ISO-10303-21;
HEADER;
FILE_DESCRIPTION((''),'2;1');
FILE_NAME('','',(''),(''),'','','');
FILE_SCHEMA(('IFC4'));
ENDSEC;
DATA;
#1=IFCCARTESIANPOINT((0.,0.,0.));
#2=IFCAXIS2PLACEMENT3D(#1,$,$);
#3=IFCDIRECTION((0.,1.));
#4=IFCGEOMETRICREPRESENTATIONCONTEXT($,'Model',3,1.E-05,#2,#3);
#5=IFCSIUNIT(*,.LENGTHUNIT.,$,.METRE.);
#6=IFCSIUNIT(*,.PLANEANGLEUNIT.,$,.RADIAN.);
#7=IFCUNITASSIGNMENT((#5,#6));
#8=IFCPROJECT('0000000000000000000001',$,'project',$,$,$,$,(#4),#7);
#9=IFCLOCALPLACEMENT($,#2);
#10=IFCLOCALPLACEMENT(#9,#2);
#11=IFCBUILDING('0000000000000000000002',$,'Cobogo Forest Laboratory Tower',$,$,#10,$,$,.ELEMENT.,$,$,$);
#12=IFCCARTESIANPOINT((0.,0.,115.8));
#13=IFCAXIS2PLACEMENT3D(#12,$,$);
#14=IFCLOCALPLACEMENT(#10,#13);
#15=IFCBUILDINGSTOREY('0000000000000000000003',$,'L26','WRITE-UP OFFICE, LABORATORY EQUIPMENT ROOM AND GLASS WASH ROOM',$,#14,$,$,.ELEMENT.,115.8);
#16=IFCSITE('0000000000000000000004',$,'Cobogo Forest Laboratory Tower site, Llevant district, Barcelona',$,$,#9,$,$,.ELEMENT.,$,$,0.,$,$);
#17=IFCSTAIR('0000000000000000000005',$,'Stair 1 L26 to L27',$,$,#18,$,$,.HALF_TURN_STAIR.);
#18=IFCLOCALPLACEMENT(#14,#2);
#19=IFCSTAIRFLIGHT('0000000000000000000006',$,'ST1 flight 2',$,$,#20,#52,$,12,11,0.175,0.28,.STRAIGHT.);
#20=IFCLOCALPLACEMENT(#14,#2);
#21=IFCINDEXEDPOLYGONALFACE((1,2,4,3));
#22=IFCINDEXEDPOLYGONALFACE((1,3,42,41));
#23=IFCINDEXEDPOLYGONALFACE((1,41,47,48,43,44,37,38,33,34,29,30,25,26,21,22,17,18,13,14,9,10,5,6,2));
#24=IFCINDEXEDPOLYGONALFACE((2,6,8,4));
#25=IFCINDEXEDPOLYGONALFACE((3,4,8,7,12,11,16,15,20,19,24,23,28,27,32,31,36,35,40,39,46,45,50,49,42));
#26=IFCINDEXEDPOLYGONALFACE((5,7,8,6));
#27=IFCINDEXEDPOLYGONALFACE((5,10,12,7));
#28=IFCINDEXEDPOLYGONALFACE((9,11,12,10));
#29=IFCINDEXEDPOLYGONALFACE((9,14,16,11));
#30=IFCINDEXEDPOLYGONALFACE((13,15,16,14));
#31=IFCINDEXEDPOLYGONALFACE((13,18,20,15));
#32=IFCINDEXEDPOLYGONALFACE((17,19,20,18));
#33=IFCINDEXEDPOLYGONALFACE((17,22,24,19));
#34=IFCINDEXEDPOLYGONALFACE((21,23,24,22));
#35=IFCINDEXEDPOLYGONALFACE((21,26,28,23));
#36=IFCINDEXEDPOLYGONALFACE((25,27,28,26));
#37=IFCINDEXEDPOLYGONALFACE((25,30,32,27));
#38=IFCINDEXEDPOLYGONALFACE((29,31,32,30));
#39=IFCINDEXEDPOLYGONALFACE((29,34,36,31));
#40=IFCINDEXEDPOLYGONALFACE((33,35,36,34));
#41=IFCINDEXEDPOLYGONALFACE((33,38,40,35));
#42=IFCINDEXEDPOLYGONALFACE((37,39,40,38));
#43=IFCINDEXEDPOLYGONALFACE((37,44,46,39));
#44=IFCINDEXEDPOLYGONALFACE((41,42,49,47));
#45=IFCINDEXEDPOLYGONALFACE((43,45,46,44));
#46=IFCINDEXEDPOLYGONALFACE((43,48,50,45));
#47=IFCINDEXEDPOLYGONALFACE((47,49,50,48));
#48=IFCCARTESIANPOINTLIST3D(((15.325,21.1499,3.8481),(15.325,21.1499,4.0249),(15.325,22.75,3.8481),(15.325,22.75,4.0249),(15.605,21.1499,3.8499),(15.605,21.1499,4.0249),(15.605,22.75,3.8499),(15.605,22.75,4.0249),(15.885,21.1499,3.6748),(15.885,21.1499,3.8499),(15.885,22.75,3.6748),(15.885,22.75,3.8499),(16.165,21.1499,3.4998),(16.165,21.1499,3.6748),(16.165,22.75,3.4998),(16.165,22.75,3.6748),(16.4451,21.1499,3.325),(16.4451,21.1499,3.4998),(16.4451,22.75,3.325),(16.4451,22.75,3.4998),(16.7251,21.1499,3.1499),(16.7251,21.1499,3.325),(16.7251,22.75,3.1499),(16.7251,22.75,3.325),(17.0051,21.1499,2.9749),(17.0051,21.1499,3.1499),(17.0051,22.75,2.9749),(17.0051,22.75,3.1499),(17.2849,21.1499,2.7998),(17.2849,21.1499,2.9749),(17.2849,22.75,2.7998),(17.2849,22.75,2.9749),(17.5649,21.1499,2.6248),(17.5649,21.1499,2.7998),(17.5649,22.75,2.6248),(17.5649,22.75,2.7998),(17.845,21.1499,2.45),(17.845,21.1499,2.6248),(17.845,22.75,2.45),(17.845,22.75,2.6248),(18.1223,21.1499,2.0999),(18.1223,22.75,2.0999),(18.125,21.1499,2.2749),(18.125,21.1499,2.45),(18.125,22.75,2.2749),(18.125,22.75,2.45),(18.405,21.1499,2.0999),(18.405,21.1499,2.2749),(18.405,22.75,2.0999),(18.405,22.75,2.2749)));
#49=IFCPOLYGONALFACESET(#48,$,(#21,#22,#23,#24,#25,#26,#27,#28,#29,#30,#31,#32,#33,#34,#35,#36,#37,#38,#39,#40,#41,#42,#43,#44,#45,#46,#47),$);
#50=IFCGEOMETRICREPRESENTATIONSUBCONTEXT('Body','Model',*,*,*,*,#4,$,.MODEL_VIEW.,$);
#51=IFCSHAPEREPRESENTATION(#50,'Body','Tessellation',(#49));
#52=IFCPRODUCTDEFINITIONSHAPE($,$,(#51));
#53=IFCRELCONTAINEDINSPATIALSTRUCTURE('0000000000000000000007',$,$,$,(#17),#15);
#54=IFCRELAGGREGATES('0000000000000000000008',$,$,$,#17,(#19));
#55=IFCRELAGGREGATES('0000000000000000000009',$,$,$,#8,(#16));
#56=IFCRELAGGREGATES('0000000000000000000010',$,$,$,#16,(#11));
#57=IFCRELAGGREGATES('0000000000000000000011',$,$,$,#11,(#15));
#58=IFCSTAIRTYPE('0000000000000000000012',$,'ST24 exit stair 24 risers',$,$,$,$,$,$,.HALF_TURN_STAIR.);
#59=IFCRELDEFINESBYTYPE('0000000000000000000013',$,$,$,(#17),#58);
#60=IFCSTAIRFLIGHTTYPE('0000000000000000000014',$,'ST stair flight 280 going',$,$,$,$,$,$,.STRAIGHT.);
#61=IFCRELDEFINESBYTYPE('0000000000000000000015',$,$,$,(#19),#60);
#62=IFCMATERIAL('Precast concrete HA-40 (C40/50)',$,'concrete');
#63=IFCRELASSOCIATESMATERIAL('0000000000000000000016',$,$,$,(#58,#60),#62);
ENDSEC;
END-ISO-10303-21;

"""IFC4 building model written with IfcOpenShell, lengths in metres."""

from ifc_helpers import new_model, si_unit, direction, frame, origin, place, context, subcontext, project, spatial, polyline, outline, extrude, material, type_object, element, aggregate, save


model = new_model("IFC4")

# Units and contexts
model_context = context("Model", 3, precision=1e-05, world=origin(), true_north=direction((0.0, 1.0)))
body_context = subcontext(model_context, "Body", "Model", "MODEL_VIEW")
ifc_project = project(units=[si_unit("LENGTHUNIT", "METRE"), si_unit("PLANEANGLEUNIT", "RADIAN")], contexts=[model_context])

# Site, building, storey
site_placement = place(None, origin())
site = spatial("IfcSite", under=ifc_project, at=site_placement, Name="Cobogo Forest Laboratory Tower site, Llevant district, Barcelona", CompositionType="ELEMENT", RefElevation=0.0)
building_placement = place(site_placement, origin())
building = spatial("IfcBuilding", under=site, at=building_placement, Name="Cobogo Forest Laboratory Tower", CompositionType="ELEMENT")
storey_placement = place(building_placement, frame((0.0, 0.0, 115.8)))
storey = spatial("IfcBuildingStorey", under=building, at=storey_placement, Name="L26", Description="WRITE-UP OFFICE, LABORATORY EQUIPMENT ROOM AND GLASS WASH ROOM", CompositionType="ELEMENT", Elevation=115.8)

# Stair, stair flight
ifc_material_1 = material(Name="Precast concrete HA-40 (C40/50)", Category="concrete")
stair_type = type_object("IfcStairType", Name="ST24 exit stair 24 risers", PredefinedType="HALF_TURN_STAIR", material=ifc_material_1)
stair_placement = place(storey_placement, origin())
stair = element("IfcStair", 1, at=stair_placement, inside=storey, type_object=stair_type, Name="Stair 1 L26 to L27", PredefinedType="HALF_TURN_STAIR")
stair_flight_type = type_object("IfcStairFlightType", Name="ST stair flight 280 going", PredefinedType="STRAIGHT", material=ifc_material_1)
stair_flight_1_placement = place(storey_placement, frame((18.405, 21.95, 2.0999), z_axis=(0.0, 0.0, 1.0), x_axis=(-1.0, 0.0, 0.0)))
stair_flight_1 = element("IfcStairFlight", 2, at=stair_flight_1_placement, type_object=stair_flight_type, Name="ST1 flight 2", NumberOfRisers=12, NumberOfTreads=11, PredefinedType="STRAIGHT", RiserHeight=0.175, TreadLength=0.28, context=body_context, shape_type="SweptSolid", body=[
    extrude(outline(polyline([(0.0, 0.0), (0.0, 0.175), (0.28, 0.175), (0.28, 0.3501), (0.5601, 0.3501), (0.5601, 0.5249), (0.8401, 0.5249), (0.8401, 0.7), (1.1201, 0.7), (1.1201, 0.875), (1.3999, 0.875), (1.3999, 1.05), (1.6799, 1.05), (1.6799, 1.2251), (1.96, 1.2251), (1.96, 1.3999), (2.24, 1.3999), (2.24, 1.575), (2.52, 1.575), (2.52, 1.75), (2.8, 1.75), (2.8, 1.925), (3.0801, 1.925), (3.0801, 2.1001), (3.0801, 1.7483), (0.2827, 0.0), (0.0, 0.0)])), frame((0.0, 0.8, 0.0), z_axis=(0.0, -1.0, 0.0), x_axis=(1.0, 0.0, 0.0)), (0.0, 0.0, 1.0), 1.6001),
])
aggregate(stair, [stair_flight_1])

save(model, "model.ifc")
